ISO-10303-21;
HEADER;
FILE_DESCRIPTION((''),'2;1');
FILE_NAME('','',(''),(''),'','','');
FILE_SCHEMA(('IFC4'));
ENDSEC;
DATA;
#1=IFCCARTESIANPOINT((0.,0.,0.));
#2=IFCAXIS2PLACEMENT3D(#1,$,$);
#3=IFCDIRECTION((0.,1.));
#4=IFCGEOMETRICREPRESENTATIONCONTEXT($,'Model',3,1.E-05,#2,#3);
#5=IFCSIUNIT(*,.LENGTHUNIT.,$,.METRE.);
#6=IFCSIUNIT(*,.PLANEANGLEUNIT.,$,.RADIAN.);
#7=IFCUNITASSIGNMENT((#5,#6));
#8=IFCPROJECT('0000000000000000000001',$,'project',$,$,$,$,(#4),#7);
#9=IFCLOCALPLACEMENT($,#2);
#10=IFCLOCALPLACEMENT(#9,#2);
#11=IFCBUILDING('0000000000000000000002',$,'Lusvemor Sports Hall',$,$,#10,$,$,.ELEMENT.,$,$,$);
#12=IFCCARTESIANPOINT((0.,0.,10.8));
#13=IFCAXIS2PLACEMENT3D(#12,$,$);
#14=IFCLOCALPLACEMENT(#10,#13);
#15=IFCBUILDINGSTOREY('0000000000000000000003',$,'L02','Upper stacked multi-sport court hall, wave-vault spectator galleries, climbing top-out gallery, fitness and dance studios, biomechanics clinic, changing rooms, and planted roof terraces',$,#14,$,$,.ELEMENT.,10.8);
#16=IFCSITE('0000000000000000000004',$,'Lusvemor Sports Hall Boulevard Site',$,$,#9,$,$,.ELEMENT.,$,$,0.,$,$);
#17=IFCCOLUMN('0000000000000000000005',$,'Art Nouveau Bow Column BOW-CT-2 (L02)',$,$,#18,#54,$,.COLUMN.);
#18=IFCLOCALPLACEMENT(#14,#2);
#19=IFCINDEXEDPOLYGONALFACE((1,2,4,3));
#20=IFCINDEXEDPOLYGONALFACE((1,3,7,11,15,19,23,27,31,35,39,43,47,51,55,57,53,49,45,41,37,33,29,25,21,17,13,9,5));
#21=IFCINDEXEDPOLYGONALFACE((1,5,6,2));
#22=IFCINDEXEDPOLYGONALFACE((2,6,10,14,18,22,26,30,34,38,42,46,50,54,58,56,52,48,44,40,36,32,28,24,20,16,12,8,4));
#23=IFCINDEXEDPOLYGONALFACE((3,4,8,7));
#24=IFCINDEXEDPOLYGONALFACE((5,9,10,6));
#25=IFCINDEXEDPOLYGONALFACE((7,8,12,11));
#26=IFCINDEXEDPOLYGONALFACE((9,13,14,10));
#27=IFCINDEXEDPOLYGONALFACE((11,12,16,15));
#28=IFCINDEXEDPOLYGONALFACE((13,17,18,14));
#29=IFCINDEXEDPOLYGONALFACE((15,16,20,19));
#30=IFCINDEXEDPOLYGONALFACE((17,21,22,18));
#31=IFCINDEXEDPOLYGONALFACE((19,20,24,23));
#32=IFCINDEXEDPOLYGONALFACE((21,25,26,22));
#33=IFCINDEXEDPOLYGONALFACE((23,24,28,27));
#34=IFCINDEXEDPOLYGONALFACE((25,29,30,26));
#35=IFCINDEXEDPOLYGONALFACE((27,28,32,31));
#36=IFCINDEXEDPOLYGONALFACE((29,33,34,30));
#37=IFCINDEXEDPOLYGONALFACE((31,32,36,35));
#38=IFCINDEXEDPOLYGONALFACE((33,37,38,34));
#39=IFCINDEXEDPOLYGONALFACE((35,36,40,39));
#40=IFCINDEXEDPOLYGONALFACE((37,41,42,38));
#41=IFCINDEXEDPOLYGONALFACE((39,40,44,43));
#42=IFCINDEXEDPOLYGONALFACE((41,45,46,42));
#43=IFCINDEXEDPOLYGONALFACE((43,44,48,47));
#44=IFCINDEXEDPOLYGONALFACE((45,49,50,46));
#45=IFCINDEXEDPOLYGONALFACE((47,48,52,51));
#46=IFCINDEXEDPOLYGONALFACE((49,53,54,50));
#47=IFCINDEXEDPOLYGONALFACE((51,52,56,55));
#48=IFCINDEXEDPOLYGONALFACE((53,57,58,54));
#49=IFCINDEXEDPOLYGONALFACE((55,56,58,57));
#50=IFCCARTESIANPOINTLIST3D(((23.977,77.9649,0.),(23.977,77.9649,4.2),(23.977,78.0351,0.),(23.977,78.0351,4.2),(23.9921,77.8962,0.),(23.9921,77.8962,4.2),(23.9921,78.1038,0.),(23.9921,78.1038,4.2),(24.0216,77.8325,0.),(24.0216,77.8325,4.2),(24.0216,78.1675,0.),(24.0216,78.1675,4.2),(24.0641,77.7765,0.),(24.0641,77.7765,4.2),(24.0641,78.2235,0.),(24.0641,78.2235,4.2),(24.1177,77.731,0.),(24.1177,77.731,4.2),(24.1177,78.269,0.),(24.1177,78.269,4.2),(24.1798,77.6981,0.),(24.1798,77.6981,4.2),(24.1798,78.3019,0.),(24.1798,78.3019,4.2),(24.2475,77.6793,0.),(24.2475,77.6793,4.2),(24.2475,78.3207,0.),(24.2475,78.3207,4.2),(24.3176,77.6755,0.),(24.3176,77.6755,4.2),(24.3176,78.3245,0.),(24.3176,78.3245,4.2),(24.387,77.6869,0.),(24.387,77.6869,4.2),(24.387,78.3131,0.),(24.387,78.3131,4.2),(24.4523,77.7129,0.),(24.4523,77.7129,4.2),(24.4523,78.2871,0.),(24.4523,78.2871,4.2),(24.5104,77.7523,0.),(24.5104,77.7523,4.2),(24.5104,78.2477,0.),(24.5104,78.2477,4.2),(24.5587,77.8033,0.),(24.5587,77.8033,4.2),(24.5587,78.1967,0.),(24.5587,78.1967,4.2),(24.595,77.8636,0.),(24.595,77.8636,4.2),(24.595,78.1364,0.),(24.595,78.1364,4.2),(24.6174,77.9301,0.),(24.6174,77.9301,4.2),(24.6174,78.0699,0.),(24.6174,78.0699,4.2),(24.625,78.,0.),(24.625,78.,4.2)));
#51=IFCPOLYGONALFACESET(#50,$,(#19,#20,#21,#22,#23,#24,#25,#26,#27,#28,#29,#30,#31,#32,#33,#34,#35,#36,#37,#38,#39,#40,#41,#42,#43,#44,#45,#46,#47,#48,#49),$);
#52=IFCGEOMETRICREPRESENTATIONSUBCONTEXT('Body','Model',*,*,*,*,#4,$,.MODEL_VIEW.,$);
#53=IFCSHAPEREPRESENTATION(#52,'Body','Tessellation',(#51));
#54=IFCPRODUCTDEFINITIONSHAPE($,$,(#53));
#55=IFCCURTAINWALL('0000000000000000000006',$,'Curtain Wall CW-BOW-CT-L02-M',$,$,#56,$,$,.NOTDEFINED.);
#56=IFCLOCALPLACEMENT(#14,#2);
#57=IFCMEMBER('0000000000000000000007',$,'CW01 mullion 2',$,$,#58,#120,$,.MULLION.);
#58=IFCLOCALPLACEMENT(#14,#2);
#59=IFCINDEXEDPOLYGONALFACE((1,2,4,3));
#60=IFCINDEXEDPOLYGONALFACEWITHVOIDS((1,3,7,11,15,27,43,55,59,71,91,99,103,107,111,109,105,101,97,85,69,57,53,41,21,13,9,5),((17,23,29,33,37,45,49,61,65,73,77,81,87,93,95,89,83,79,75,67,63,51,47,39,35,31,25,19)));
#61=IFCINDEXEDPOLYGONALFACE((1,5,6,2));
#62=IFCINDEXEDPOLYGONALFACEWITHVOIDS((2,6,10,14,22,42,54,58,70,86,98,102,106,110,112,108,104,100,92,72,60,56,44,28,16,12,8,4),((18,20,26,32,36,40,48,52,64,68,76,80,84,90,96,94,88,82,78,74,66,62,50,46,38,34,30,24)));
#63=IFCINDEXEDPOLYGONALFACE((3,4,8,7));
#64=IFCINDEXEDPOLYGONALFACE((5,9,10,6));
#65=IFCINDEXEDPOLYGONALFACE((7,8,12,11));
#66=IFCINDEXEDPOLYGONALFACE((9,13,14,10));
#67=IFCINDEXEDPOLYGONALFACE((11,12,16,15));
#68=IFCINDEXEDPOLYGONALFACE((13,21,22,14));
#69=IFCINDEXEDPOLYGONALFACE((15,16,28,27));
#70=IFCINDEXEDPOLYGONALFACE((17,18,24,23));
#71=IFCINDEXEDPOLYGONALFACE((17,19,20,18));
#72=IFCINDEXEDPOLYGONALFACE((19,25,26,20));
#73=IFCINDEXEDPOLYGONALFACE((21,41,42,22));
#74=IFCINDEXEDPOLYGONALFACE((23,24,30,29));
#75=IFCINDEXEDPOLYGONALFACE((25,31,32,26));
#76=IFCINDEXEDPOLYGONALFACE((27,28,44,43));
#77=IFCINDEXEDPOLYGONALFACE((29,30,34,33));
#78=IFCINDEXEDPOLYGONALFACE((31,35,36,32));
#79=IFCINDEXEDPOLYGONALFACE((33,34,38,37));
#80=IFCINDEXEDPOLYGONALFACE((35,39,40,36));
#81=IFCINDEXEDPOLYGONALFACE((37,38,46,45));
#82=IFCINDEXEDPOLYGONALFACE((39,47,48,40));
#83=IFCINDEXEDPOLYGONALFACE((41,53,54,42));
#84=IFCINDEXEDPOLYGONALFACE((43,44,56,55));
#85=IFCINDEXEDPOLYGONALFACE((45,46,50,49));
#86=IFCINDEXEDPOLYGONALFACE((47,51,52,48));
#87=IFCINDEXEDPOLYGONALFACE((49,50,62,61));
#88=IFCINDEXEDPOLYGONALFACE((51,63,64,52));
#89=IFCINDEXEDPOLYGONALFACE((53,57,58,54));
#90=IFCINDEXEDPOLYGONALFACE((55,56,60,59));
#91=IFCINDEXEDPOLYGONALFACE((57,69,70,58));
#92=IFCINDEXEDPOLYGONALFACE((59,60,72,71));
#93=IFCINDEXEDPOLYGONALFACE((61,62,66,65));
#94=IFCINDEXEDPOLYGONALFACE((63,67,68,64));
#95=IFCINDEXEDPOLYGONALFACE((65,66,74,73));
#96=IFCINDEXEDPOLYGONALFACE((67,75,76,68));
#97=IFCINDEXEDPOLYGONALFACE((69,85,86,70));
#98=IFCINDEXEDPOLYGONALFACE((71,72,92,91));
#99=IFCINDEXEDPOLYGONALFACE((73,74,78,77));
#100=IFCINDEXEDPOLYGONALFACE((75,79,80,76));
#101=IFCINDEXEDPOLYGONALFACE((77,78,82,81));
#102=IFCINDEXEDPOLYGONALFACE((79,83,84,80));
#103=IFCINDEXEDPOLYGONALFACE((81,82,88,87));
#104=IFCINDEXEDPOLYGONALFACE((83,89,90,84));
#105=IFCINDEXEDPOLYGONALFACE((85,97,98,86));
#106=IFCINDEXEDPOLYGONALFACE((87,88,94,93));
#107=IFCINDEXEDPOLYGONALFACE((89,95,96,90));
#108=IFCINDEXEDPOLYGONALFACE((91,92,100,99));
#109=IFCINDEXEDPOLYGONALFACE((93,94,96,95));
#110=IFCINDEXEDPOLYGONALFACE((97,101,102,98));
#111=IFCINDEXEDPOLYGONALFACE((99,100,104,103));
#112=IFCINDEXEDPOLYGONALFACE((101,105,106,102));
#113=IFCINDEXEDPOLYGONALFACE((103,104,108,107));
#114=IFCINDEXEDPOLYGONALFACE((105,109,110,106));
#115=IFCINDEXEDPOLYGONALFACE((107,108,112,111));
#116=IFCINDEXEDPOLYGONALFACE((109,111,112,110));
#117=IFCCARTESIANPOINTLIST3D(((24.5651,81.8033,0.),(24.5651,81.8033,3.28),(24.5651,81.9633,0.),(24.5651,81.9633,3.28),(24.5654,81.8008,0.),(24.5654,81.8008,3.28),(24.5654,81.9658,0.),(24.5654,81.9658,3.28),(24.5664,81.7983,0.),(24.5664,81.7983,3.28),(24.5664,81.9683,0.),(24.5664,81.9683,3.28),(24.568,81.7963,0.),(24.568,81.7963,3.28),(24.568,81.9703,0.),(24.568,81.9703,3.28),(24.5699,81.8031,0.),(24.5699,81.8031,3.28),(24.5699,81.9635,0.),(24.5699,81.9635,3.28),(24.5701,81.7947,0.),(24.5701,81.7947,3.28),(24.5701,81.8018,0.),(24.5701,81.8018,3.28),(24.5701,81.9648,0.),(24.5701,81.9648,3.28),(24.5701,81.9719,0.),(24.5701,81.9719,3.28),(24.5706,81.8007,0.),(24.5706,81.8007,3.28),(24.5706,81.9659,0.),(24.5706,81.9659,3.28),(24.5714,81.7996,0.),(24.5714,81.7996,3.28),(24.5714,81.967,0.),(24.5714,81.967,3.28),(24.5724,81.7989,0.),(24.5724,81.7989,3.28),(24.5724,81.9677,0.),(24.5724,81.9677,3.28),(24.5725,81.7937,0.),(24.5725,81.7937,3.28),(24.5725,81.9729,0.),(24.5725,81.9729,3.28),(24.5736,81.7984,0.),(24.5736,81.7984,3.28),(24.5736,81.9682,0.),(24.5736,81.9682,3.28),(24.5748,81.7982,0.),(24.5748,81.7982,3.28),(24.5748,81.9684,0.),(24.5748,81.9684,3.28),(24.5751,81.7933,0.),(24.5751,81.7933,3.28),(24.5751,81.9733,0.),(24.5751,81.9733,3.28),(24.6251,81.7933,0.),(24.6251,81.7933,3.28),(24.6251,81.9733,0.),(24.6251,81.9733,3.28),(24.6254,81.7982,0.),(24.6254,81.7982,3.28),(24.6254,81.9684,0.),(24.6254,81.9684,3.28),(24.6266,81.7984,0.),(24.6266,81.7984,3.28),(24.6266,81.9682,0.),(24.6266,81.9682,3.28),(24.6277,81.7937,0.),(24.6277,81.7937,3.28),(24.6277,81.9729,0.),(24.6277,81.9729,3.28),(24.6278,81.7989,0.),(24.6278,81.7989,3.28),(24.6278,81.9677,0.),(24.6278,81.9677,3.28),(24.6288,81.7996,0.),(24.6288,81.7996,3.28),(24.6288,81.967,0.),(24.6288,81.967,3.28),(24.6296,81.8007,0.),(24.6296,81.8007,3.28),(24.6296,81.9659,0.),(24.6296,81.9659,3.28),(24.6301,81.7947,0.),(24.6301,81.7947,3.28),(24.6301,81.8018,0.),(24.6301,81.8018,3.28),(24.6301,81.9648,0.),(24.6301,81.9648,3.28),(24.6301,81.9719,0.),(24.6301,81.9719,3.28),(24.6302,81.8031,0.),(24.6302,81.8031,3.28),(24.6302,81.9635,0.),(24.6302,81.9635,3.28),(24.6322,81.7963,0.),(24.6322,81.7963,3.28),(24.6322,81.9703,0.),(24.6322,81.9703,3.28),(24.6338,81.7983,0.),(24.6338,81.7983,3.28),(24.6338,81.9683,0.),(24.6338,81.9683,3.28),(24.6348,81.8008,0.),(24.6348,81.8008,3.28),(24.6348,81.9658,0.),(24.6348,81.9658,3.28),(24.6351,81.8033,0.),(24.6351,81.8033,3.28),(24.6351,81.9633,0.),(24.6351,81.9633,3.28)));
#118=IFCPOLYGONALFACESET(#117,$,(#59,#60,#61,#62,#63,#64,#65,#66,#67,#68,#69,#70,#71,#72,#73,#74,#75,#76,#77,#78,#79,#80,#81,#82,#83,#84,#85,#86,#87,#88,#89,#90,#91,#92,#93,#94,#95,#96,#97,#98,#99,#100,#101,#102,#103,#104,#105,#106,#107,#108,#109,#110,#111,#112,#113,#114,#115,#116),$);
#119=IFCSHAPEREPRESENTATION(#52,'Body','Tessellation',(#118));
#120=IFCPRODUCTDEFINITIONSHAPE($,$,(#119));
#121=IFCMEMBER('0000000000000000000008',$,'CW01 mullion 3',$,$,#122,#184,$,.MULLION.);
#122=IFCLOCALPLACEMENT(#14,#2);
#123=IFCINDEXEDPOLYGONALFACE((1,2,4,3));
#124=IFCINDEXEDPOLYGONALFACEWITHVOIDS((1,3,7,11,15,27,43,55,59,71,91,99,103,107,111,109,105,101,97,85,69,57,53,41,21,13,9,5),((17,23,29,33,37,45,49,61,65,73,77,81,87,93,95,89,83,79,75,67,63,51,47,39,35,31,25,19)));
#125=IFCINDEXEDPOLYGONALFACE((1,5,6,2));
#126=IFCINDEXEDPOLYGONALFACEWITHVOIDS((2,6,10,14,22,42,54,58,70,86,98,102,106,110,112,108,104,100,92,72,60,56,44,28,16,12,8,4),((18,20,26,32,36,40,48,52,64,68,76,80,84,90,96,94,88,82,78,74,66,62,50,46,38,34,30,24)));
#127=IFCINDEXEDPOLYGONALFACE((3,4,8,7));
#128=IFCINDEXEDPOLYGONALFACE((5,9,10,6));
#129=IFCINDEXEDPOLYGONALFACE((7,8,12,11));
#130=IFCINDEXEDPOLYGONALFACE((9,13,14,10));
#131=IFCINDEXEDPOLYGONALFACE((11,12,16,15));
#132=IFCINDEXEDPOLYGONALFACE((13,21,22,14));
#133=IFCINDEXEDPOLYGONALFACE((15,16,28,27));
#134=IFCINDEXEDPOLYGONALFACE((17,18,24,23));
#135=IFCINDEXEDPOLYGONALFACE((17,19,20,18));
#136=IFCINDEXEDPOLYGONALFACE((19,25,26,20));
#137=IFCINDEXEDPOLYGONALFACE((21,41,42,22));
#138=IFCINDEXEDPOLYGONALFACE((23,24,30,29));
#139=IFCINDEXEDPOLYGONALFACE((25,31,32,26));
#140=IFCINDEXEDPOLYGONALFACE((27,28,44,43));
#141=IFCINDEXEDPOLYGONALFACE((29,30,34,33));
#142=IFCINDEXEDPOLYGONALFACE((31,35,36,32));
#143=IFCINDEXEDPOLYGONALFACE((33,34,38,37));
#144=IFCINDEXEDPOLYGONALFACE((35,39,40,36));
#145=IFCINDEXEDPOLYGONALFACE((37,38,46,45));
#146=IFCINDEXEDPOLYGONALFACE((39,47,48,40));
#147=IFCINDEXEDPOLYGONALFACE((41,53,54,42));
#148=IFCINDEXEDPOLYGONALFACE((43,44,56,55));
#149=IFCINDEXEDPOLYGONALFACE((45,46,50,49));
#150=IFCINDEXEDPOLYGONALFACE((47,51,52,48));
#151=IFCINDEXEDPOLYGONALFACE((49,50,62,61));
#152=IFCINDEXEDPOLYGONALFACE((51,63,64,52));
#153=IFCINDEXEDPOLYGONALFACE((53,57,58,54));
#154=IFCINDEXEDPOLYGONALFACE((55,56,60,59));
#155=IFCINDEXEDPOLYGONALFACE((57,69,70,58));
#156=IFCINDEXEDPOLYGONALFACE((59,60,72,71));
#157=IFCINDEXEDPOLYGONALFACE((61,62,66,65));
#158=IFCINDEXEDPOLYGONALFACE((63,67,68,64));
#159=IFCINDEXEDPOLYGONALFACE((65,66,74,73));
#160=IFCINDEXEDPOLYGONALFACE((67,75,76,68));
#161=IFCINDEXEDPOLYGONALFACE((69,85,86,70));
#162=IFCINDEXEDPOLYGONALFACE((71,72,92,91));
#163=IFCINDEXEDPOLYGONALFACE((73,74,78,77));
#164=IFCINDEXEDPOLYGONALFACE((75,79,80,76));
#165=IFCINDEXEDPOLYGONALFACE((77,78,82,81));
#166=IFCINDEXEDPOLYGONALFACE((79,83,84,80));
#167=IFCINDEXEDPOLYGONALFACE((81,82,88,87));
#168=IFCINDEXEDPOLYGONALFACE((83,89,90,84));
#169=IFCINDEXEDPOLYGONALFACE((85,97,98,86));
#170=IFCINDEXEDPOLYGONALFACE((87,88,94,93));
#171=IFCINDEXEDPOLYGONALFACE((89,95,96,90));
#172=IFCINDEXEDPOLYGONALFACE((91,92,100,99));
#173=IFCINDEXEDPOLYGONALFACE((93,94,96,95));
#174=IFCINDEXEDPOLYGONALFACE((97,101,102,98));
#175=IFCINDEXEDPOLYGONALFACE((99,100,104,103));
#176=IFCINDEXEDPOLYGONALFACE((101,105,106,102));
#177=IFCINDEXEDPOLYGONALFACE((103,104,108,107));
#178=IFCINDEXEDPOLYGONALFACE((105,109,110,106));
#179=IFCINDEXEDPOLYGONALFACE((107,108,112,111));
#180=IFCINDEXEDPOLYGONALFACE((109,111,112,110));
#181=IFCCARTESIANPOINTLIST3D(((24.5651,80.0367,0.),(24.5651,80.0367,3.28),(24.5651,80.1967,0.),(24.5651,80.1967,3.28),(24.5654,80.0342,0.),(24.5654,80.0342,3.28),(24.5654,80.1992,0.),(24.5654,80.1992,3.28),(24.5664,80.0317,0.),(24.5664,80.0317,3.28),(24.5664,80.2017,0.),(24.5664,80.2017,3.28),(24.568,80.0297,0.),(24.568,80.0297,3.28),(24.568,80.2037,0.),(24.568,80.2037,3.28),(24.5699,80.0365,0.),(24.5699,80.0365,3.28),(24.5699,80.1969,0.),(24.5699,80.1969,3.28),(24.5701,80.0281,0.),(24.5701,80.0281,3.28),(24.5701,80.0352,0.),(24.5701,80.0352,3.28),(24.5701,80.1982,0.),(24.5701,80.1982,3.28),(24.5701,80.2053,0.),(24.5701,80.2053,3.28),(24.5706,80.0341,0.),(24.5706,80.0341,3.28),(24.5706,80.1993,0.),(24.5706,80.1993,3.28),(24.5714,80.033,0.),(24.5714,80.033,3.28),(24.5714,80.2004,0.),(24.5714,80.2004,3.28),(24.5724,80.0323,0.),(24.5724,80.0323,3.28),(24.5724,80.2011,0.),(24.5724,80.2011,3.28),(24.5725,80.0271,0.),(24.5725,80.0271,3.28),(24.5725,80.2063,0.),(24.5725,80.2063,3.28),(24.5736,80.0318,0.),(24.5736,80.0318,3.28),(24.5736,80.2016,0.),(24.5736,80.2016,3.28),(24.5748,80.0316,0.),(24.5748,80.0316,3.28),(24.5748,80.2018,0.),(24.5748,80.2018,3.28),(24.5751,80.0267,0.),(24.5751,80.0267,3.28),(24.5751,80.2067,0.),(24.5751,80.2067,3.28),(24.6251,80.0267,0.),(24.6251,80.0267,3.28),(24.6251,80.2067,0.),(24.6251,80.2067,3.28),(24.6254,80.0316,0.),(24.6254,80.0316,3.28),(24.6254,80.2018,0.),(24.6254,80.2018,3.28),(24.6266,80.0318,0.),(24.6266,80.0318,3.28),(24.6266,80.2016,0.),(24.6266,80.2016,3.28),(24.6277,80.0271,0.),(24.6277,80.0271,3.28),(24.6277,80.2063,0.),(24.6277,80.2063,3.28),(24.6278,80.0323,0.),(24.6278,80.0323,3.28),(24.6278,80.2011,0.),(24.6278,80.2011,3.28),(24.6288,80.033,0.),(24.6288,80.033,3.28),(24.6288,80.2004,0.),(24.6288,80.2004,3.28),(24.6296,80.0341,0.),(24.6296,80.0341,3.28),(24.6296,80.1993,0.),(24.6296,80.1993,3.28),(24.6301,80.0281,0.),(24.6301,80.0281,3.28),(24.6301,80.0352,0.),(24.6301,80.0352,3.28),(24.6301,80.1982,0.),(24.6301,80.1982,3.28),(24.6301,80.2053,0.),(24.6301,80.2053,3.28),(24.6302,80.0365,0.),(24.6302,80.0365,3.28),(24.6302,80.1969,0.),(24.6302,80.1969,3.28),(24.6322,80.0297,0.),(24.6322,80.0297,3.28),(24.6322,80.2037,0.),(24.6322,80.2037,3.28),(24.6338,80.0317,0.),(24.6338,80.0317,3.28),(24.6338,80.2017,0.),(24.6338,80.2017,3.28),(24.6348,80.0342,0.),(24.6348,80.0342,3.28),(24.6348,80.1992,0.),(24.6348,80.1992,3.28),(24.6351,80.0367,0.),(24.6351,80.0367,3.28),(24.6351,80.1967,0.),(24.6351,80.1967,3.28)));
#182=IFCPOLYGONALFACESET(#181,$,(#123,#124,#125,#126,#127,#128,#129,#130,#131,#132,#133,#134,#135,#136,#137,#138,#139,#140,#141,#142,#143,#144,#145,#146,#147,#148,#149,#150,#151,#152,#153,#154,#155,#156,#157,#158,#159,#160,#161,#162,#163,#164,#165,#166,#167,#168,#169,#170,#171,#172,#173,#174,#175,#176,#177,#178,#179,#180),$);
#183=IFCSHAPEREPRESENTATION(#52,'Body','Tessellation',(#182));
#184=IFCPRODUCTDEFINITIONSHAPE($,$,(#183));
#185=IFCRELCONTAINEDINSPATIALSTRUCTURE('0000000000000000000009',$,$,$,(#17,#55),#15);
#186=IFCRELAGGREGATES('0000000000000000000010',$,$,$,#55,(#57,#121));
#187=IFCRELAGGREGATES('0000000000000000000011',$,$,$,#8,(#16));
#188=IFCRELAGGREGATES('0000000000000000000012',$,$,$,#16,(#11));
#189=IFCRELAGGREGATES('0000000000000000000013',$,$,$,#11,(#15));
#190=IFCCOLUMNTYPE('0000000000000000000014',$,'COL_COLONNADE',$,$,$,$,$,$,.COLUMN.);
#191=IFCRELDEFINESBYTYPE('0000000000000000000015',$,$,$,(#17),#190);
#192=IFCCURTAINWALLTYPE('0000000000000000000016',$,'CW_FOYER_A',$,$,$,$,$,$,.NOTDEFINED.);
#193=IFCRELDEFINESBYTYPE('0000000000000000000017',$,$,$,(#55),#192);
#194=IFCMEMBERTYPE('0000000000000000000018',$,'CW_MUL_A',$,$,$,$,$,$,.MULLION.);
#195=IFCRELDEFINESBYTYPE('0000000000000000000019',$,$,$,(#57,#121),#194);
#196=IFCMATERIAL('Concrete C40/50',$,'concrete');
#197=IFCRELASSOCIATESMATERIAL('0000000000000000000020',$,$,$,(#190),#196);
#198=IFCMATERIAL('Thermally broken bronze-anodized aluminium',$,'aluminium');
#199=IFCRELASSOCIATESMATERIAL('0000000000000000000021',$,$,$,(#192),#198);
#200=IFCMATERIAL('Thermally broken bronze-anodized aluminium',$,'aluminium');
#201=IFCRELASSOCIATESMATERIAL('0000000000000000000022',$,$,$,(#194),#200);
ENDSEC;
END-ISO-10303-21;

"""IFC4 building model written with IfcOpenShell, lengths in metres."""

from ifc_helpers import new_model, si_unit, direction, frame, origin, origin_2d, place, context, subcontext, project, spatial, hollow_rectangle, circle, extrude, material, material_profile, profile_set, type_object, element, aggregate, save


model = new_model("IFC4")

# Units and contexts
model_context = context("Model", 3, precision=1e-05, world=origin(), true_north=direction((0.0, 1.0)))
body_context = subcontext(model_context, "Body", "Model", "MODEL_VIEW")
ifc_project = project(units=[si_unit("LENGTHUNIT", "METRE"), si_unit("PLANEANGLEUNIT", "RADIAN")], contexts=[model_context])

# Site, building, storey
site_placement = place(None, origin())
site = spatial("IfcSite", under=ifc_project, at=site_placement, Name="Lusvemor Sports Hall Boulevard Site", CompositionType="ELEMENT", RefElevation=0.0)
building_placement = place(site_placement, origin())
building = spatial("IfcBuilding", under=site, at=building_placement, Name="Lusvemor Sports Hall", CompositionType="ELEMENT")
storey_placement = place(building_placement, frame((0.0, 0.0, 10.8)))
storey = spatial("IfcBuildingStorey", under=building, at=storey_placement, Name="L02", Description="Upper stacked multi-sport court hall, wave-vault spectator galleries, climbing top-out gallery, fitness and dance studios, biomechanics clinic, changing rooms, and planted roof terraces", CompositionType="ELEMENT", Elevation=10.8)

# Column
ifc_material_1 = material(Name="Concrete C40/50", Category="concrete")
ifc_material_profile_1 = material_profile(ifc_material_1, circle(Radius=0.325, at=origin_2d()), Name="RCCIRC650")
ifc_profile_set_1 = profile_set([ifc_material_profile_1], Name="Concrete C40/50")
column_type = type_object("IfcColumnType", Name="COL_COLONNADE", PredefinedType="COLUMN", material=ifc_profile_set_1)
column_placement = place(storey_placement, frame((24.3, 78.0, 0.0), z_axis=(0.0, 0.0, 1.0), x_axis=(1.0, 0.0, 0.0)))
element("IfcColumn", 1, at=column_placement, inside=storey, type_object=column_type, Name="Art Nouveau Bow Column BOW-CT-2 (L02)", PredefinedType="COLUMN", context=body_context, shape_type="SweptSolid", body=[
    extrude(circle(Radius=0.325, at=origin_2d()), origin(), (0.0, 0.0, 1.0), 4.2),
])

# Curtain wall, members
ifc_material_2 = material(Name="Thermally broken bronze-anodized aluminium", Category="aluminium")
curtain_wall_type = type_object("IfcCurtainWallType", Name="CW_FOYER_A", PredefinedType="NOTDEFINED", material=ifc_material_2)
curtain_wall_placement = place(storey_placement, origin())
curtain_wall = element("IfcCurtainWall", 2, at=curtain_wall_placement, inside=storey, type_object=curtain_wall_type, Name="Curtain Wall CW-BOW-CT-L02-M", PredefinedType="NOTDEFINED")
ifc_material_3 = material(Name="Thermally broken bronze-anodized aluminium", Category="aluminium")
ifc_material_profile_2 = material_profile(ifc_material_3, hollow_rectangle(XDim=0.0701, YDim=0.1799, WallThickness=0.0049, InnerFilletRadius=0.0049, OuterFilletRadius=0.01, at=origin_2d()), Name="CWMUL180x70x5")
ifc_profile_set_2 = profile_set([ifc_material_profile_2], Name="Thermally broken bronze-anodized aluminium")
member_type_1 = type_object("IfcMemberType", Name="CW_MUL_A", PredefinedType="MULLION", material=ifc_profile_set_2)
member_1_placement = place(storey_placement, frame((24.6001, 81.8833, 0.0), z_axis=(0.0, 0.0, 1.0), x_axis=(1.0, 0.0, 0.0)))
member_1 = element("IfcMember", 3, at=member_1_placement, type_object=member_type_1, Name="CW01 mullion 2", PredefinedType="MULLION", context=body_context, shape_type="SweptSolid", body=[
    extrude(hollow_rectangle(XDim=0.0701, YDim=0.1799, WallThickness=0.0049, InnerFilletRadius=0.0049, OuterFilletRadius=0.01, at=origin_2d()), origin(), (0.0, 0.0, 1.0), 3.28),
])
member_2_placement = place(storey_placement, frame((24.6001, 80.1167, 0.0), z_axis=(0.0, 0.0, 1.0), x_axis=(1.0, 0.0, 0.0)))
member_2 = element("IfcMember", 4, at=member_2_placement, type_object=member_type_1, Name="CW01 mullion 3", PredefinedType="MULLION", context=body_context, shape_type="SweptSolid", body=[
    extrude(hollow_rectangle(XDim=0.0701, YDim=0.1799, WallThickness=0.0049, InnerFilletRadius=0.0049, OuterFilletRadius=0.01, at=origin_2d()), origin(), (0.0, 0.0, 1.0), 3.28),
])

aggregate(curtain_wall, [member_1, member_2])

save(model, "model.ifc")
